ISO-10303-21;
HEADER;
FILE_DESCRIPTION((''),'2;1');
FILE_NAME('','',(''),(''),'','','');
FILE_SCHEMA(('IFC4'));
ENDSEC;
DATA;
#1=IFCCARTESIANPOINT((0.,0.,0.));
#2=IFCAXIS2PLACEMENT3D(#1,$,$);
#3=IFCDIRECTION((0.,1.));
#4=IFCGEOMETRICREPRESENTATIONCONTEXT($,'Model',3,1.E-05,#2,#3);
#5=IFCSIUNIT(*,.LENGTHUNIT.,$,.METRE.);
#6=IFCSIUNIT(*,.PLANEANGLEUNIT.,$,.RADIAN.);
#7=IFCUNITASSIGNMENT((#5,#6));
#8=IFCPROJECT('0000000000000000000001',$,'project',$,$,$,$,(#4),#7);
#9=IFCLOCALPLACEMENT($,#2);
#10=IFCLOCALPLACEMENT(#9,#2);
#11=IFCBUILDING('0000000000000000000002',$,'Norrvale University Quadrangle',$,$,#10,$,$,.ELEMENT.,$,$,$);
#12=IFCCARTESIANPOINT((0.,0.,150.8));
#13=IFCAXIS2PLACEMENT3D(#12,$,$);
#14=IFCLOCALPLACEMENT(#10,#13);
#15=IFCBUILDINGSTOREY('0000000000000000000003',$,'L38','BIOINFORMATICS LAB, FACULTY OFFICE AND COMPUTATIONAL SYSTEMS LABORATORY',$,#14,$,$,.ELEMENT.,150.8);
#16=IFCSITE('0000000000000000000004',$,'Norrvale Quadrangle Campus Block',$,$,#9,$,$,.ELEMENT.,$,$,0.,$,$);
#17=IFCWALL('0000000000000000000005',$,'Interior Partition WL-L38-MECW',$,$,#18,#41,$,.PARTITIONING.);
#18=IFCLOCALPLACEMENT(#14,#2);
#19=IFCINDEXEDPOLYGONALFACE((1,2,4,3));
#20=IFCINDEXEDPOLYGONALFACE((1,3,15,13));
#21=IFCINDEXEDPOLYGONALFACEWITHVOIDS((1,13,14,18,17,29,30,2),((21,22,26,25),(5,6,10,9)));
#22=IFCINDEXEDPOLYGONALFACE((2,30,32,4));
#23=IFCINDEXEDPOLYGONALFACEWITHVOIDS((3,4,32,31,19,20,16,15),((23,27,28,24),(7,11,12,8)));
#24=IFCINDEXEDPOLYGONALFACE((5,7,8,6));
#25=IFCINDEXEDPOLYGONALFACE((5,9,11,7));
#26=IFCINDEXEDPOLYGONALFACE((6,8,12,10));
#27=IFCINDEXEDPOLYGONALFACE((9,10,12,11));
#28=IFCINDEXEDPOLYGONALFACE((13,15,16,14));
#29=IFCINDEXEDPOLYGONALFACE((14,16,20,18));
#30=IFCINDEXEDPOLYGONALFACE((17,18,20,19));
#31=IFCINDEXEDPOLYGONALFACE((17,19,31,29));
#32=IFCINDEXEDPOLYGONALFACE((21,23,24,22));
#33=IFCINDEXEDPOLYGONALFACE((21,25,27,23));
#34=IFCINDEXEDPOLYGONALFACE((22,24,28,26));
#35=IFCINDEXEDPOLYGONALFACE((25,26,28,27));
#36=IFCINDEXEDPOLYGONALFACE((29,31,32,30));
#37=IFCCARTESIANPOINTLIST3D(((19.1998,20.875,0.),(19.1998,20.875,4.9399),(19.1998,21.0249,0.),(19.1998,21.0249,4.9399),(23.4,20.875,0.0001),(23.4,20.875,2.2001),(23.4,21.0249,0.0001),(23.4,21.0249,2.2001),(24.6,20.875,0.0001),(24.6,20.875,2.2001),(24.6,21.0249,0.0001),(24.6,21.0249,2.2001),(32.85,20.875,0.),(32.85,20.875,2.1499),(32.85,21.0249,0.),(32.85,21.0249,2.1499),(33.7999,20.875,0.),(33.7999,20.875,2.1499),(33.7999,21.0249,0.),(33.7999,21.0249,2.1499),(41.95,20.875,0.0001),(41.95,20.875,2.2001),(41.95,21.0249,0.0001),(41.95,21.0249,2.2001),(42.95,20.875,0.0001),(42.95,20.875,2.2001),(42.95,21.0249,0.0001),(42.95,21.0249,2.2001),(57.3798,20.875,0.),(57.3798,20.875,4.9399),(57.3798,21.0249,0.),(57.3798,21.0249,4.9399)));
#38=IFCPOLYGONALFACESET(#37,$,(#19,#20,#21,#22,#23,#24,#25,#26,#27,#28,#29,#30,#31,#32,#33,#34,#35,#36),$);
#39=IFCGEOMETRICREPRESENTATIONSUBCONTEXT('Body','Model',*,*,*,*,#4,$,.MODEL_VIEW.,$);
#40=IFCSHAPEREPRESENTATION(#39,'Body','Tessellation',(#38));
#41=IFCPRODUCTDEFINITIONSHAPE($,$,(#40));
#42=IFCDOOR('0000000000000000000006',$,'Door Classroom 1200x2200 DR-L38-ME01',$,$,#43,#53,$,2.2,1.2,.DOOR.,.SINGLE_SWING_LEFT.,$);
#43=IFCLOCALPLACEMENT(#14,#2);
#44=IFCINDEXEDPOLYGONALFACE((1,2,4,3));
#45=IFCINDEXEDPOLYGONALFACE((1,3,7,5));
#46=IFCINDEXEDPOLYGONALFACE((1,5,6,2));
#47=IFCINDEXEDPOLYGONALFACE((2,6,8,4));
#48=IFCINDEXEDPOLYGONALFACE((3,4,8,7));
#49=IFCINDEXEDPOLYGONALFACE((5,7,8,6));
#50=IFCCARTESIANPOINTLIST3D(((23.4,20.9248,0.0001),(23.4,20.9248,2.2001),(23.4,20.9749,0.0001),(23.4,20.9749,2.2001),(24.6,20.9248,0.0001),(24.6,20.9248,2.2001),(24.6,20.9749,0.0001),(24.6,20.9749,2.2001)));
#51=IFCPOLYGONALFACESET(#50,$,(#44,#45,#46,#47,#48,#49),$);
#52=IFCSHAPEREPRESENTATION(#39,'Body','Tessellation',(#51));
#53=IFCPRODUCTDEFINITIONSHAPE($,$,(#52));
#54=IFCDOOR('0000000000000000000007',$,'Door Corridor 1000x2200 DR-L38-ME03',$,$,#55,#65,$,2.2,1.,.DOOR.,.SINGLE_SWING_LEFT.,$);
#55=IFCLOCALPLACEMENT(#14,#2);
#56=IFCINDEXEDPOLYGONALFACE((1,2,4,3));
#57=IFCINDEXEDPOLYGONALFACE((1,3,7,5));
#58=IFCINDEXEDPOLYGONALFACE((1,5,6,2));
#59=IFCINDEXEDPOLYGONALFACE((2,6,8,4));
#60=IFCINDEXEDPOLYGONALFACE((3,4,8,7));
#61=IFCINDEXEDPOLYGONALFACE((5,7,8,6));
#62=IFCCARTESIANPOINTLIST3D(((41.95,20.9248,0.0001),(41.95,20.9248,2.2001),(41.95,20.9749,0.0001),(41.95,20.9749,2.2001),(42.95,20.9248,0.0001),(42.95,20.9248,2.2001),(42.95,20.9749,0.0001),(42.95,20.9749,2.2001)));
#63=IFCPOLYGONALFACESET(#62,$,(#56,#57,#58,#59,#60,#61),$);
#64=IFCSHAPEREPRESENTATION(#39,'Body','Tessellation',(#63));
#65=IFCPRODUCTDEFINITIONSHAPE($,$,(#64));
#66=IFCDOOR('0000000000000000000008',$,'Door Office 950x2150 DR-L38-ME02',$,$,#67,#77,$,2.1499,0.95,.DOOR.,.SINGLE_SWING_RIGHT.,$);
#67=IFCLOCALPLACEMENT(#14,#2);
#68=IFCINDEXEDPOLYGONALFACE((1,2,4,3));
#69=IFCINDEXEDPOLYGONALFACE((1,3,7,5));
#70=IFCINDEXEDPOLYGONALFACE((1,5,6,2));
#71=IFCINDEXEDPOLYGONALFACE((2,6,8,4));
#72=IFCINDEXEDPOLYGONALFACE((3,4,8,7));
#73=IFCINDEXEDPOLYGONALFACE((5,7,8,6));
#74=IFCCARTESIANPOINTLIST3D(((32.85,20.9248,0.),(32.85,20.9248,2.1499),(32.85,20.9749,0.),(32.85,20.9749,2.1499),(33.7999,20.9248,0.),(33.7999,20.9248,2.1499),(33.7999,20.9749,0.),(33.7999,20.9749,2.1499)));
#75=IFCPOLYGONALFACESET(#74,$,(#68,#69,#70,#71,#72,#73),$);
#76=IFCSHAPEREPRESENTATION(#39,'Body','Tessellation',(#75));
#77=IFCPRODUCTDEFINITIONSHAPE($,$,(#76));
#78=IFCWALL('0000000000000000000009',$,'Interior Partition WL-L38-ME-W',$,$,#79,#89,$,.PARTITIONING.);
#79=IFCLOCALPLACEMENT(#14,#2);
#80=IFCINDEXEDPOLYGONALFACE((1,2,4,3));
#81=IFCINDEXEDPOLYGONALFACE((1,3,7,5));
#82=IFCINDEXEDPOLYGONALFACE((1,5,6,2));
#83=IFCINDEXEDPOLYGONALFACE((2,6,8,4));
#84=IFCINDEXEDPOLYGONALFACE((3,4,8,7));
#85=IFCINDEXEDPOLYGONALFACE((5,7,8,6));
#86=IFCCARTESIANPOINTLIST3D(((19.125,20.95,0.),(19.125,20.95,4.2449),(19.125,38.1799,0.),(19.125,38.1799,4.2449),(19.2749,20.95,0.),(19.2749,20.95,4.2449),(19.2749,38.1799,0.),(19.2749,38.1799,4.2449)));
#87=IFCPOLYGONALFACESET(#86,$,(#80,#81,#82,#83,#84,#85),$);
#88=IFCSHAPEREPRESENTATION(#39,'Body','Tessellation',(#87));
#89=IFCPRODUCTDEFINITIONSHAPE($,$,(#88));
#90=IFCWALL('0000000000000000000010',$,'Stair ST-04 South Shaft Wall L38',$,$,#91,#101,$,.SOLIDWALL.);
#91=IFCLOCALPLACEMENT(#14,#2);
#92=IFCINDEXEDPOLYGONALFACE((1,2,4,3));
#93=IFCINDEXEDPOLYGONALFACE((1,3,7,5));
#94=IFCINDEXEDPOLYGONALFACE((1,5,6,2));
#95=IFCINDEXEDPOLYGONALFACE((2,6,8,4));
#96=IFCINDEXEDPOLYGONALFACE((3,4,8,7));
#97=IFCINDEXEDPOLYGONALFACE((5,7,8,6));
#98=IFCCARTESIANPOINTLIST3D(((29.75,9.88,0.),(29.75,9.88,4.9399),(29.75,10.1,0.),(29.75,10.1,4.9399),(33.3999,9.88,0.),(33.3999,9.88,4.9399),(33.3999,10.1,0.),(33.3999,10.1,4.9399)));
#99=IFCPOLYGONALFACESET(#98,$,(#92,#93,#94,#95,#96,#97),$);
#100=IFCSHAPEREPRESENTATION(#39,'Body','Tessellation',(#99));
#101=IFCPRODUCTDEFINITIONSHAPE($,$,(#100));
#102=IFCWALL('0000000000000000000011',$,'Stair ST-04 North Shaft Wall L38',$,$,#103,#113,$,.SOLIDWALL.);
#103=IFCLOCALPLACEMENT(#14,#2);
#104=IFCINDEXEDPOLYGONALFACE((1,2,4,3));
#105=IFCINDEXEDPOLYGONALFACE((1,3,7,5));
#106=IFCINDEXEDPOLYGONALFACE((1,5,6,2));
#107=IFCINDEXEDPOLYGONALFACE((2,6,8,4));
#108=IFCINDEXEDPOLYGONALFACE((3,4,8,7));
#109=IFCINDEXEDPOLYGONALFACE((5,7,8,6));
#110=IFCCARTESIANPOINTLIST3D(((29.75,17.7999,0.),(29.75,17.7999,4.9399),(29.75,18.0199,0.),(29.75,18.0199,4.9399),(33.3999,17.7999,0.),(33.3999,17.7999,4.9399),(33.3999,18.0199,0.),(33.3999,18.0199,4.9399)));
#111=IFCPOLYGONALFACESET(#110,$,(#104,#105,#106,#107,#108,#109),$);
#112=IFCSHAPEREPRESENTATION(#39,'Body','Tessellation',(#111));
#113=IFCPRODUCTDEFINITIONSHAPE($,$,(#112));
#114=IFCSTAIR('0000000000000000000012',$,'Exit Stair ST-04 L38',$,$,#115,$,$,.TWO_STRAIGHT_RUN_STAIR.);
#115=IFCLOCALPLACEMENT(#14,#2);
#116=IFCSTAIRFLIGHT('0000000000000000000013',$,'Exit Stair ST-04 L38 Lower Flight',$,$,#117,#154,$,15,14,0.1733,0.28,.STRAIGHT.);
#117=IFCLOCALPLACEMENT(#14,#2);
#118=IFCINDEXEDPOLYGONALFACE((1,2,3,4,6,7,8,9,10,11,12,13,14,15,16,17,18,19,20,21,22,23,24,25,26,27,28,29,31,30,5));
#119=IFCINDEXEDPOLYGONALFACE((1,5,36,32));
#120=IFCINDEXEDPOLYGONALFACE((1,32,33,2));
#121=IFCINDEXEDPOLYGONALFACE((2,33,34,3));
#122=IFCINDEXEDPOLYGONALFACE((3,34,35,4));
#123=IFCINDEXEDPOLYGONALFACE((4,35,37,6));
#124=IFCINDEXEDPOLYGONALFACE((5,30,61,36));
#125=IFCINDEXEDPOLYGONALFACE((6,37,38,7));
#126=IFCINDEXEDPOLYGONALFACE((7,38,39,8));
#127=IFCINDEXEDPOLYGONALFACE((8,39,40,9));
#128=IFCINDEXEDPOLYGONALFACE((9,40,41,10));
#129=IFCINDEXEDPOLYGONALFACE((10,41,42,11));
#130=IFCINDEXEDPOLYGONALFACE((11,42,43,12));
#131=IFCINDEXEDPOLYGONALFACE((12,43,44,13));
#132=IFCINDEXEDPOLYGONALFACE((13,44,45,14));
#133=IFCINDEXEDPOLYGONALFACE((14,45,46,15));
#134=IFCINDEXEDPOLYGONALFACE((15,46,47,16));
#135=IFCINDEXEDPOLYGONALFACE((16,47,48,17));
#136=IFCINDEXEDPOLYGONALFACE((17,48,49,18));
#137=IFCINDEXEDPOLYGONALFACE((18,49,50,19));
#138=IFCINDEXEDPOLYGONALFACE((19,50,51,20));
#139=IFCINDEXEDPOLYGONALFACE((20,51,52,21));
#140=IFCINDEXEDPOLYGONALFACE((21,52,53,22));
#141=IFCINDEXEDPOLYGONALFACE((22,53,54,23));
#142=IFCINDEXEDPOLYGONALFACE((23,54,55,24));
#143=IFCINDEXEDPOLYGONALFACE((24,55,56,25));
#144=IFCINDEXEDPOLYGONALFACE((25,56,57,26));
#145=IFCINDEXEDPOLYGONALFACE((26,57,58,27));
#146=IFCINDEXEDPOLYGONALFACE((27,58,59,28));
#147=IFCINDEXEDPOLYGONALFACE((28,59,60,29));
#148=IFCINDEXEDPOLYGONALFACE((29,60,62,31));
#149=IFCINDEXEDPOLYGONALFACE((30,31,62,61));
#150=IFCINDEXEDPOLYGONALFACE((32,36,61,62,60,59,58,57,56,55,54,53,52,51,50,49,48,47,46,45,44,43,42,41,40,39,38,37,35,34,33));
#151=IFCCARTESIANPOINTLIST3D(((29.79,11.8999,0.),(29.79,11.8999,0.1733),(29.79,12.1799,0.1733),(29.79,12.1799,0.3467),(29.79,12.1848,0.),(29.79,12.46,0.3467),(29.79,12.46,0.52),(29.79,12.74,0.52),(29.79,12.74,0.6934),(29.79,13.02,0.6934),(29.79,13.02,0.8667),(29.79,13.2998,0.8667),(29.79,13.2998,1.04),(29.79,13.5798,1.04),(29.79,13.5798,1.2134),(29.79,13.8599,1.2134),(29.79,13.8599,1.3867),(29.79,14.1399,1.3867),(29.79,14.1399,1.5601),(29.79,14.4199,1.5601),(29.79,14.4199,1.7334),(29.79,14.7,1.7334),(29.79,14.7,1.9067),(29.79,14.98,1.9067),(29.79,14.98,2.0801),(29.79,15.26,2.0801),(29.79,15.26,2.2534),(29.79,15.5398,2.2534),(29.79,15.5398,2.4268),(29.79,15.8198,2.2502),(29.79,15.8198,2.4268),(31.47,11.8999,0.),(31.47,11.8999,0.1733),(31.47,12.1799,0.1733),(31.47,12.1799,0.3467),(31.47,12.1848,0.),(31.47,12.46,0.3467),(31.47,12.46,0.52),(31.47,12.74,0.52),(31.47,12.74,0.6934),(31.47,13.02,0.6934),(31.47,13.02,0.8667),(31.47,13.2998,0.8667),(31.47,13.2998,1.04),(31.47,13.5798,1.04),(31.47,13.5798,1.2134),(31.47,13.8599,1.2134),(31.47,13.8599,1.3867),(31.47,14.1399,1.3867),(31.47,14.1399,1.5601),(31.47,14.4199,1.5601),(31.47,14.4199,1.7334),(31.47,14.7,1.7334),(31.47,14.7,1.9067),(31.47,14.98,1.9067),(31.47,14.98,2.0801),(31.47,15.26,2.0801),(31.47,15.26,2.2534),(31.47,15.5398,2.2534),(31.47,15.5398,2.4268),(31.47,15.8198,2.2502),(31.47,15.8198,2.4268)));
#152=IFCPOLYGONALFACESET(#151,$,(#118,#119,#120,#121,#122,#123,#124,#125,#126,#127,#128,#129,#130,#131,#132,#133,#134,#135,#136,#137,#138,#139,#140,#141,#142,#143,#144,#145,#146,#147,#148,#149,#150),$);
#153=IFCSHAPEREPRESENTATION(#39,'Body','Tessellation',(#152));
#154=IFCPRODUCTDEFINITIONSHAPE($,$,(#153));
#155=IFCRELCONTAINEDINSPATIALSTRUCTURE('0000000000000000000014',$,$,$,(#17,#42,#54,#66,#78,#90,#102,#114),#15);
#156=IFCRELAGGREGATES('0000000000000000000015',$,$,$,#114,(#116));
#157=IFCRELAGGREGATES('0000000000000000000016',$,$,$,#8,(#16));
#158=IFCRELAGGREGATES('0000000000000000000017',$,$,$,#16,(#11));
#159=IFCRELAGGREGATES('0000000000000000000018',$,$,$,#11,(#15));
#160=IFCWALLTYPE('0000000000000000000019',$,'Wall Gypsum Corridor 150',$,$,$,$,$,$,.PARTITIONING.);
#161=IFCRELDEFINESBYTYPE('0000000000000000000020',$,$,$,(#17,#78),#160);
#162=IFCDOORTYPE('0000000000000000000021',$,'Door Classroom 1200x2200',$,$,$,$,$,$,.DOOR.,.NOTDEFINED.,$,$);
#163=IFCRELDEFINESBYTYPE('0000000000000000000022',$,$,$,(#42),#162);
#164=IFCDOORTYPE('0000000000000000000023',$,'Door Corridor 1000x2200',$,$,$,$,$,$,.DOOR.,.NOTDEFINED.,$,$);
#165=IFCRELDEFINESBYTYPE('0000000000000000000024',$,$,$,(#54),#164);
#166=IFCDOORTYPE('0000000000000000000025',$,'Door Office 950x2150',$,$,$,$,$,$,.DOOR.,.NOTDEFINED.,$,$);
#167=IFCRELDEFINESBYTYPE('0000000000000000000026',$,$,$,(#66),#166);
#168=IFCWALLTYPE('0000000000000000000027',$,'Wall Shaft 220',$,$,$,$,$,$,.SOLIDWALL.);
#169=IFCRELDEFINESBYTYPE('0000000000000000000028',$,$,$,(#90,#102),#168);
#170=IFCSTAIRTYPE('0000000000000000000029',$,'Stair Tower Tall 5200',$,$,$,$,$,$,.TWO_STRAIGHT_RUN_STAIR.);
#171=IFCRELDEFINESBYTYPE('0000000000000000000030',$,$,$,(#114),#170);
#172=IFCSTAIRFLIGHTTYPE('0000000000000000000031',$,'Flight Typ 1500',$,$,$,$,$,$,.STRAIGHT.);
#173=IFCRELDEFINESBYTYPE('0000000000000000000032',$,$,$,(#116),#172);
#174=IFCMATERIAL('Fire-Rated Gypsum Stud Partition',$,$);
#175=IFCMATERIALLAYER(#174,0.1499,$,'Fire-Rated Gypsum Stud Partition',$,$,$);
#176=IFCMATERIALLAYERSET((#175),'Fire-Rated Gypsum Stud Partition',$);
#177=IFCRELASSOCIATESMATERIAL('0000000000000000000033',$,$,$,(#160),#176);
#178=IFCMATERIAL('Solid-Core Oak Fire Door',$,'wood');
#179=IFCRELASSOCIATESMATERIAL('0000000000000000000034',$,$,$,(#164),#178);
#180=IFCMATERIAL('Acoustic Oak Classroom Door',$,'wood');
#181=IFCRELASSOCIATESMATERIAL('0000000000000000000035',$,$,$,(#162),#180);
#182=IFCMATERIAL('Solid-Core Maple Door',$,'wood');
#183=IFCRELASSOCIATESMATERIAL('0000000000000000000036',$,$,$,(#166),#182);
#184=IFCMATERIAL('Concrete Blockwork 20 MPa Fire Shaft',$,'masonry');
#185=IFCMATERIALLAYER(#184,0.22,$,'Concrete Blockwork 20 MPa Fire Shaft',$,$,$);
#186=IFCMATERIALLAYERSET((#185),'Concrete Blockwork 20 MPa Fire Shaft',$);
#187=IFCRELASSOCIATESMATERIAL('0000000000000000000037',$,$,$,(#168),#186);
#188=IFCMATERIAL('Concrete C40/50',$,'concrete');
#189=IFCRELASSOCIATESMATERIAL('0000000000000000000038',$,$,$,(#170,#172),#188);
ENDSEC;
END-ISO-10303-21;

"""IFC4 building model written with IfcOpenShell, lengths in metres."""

from ifc_helpers import new_model, si_unit, direction, frame, frame_2d, origin, place, context, subcontext, project, spatial, polyline, rectangle, outline, extrude, material, layer, layer_set, type_object, element, fill, aggregate, save


model = new_model("IFC4")

# Units and contexts
model_context = context("Model", 3, precision=1e-05, world=origin(), true_north=direction((0.0, 1.0)))
body_context = subcontext(model_context, "Body", "Model", "MODEL_VIEW")
ifc_project = project(units=[si_unit("LENGTHUNIT", "METRE"), si_unit("PLANEANGLEUNIT", "RADIAN")], contexts=[model_context])

# Site, building, storey
site_placement = place(None, origin())
site = spatial("IfcSite", under=ifc_project, at=site_placement, Name="Norrvale Quadrangle Campus Block", CompositionType="ELEMENT", RefElevation=0.0)
building_placement = place(site_placement, origin())
building = spatial("IfcBuilding", under=site, at=building_placement, Name="Norrvale University Quadrangle", CompositionType="ELEMENT")
storey_placement = place(building_placement, frame((0.0, 0.0, 150.8)))
storey = spatial("IfcBuildingStorey", under=building, at=storey_placement, Name="L38", Description="BIOINFORMATICS LAB, FACULTY OFFICE AND COMPUTATIONAL SYSTEMS LABORATORY", CompositionType="ELEMENT", Elevation=150.8)

# Shared definitions
ifc_material_1 = material(Name="Fire-Rated Gypsum Stud Partition")
ifc_layer_1 = layer(ifc_material_1, 0.1499, Name="Fire-Rated Gypsum Stud Partition")
ifc_layer_set_1 = layer_set([ifc_layer_1], Name="Fire-Rated Gypsum Stud Partition")
wall_type_1 = type_object("IfcWallType", Name="Wall Gypsum Corridor 150", PredefinedType="PARTITIONING", material=ifc_layer_set_1)
ifc_material_2 = material(Name="Solid-Core Oak Fire Door", Category="wood")
door_type_1 = type_object("IfcDoorType", Name="Door Corridor 1000x2200", OperationType="NOTDEFINED", PredefinedType="DOOR", material=ifc_material_2)

# Wall, openings, doors
wall_1_placement = place(storey_placement, frame((19.2, 20.95, 0.0), z_axis=(0.0, 0.0, 1.0), x_axis=(1.0, 0.0, 0.0)))
wall_1 = element("IfcWall", 1, at=wall_1_placement, inside=storey, type_object=wall_type_1, Name="Interior Partition WL-L38-MECW", PredefinedType="PARTITIONING", context=body_context, shape_type="SweptSolid", body=[
    extrude(rectangle(XDim=38.1799, YDim=0.1499, at=frame_2d((19.0898, 0.0))), origin(), (0.0, 0.0, 1.0), 4.9399),
])
opening_1_placement = place(wall_1_placement, frame((4.2, 0.0, 0.0)))
opening_1 = element("IfcOpeningElement", 2, at=opening_1_placement, cuts=wall_1, PredefinedType="OPENING", context=body_context, shape_type="SweptSolid", body=[
    extrude(rectangle(XDim=1.2, YDim=2.2, at=frame_2d((0.6001, 1.1001))), frame((0.0, 0.0869, 0.0), z_axis=(0.0, -1.0, 0.0), x_axis=(1.0, 0.0, 0.0)), (0.0, 0.0, 1.0), 0.1738),
])
opening_2_placement = place(wall_1_placement, frame((13.6499, 0.0, 0.0)))
opening_2 = element("IfcOpeningElement", 3, at=opening_2_placement, cuts=wall_1, PredefinedType="OPENING", context=body_context, shape_type="SweptSolid", body=[
    extrude(rectangle(XDim=0.95, YDim=2.1499, at=frame_2d((0.4751, 1.075))), frame((0.0, 0.0869, 0.0), z_axis=(0.0, -1.0, 0.0), x_axis=(1.0, 0.0, 0.0)), (0.0, 0.0, 1.0), 0.1738),
])
opening_3_placement = place(wall_1_placement, frame((22.75, 0.0, 0.0)))
opening_3 = element("IfcOpeningElement", 4, at=opening_3_placement, cuts=wall_1, PredefinedType="OPENING", context=body_context, shape_type="SweptSolid", body=[
    extrude(rectangle(XDim=1.0, YDim=2.2, at=frame_2d((0.5, 1.1001))), frame((0.0, 0.0869, 0.0), z_axis=(0.0, -1.0, 0.0), x_axis=(1.0, 0.0, 0.0)), (0.0, 0.0, 1.0), 0.1738),
])
ifc_material_3 = material(Name="Acoustic Oak Classroom Door", Category="wood")
door_type_2 = type_object("IfcDoorType", Name="Door Classroom 1200x2200", OperationType="NOTDEFINED", PredefinedType="DOOR", material=ifc_material_3)
door_1_placement = place(opening_1_placement, origin())
door_1 = element("IfcDoor", 5, at=door_1_placement, inside=storey, type_object=door_type_2, Name="Door Classroom 1200x2200 DR-L38-ME01", OperationType="SINGLE_SWING_LEFT", OverallHeight=2.2, OverallWidth=1.2, PredefinedType="DOOR", context=body_context, shape_type="SweptSolid", body=[
    extrude(rectangle(XDim=1.2, YDim=2.2, at=frame_2d((0.6001, 1.1001))), frame((0.0, 0.0249, 0.0), z_axis=(0.0, -1.0, 0.0), x_axis=(1.0, 0.0, 0.0)), (0.0, 0.0, 1.0), 0.05),
])
fill(opening_1, door_1)
door_2_placement = place(opening_3_placement, origin())
door_2 = element("IfcDoor", 6, at=door_2_placement, inside=storey, type_object=door_type_1, Name="Door Corridor 1000x2200 DR-L38-ME03", OperationType="SINGLE_SWING_LEFT", OverallHeight=2.2, OverallWidth=1.0, PredefinedType="DOOR", context=body_context, shape_type="SweptSolid", body=[
    extrude(rectangle(XDim=1.0, YDim=2.2, at=frame_2d((0.5, 1.1001))), frame((0.0, 0.0249, 0.0), z_axis=(0.0, -1.0, 0.0), x_axis=(1.0, 0.0, 0.0)), (0.0, 0.0, 1.0), 0.05),
])
fill(opening_3, door_2)
ifc_material_4 = material(Name="Solid-Core Maple Door", Category="wood")
door_type_3 = type_object("IfcDoorType", Name="Door Office 950x2150", OperationType="NOTDEFINED", PredefinedType="DOOR", material=ifc_material_4)
door_3_placement = place(opening_2_placement, origin())
door_3 = element("IfcDoor", 7, at=door_3_placement, inside=storey, type_object=door_type_3, Name="Door Office 950x2150 DR-L38-ME02", OperationType="SINGLE_SWING_RIGHT", OverallHeight=2.1499, OverallWidth=0.95, PredefinedType="DOOR", context=body_context, shape_type="SweptSolid", body=[
    extrude(rectangle(XDim=0.95, YDim=2.1499, at=frame_2d((0.4751, 1.075))), frame((0.0, 0.0249, 0.0), z_axis=(0.0, -1.0, 0.0), x_axis=(1.0, 0.0, 0.0)), (0.0, 0.0, 1.0), 0.05),
])
fill(opening_2, door_3)

# Walls
wall_2_placement = place(storey_placement, frame((19.2, 20.95, 0.0), z_axis=(0.0, 0.0, 1.0), x_axis=(0.0, 1.0, 0.0)))
element("IfcWall", 8, at=wall_2_placement, inside=storey, type_object=wall_type_1, Name="Interior Partition WL-L38-ME-W", PredefinedType="PARTITIONING", context=body_context, shape_type="SweptSolid", body=[
    extrude(rectangle(XDim=17.23, YDim=0.1499, at=frame_2d((8.615, 0.0))), origin(), (0.0, 0.0, 1.0), 4.2449),
])
ifc_material_5 = material(Name="Concrete Blockwork 20 MPa Fire Shaft", Category="masonry")
ifc_layer_2 = layer(ifc_material_5, 0.22, Name="Concrete Blockwork 20 MPa Fire Shaft")
ifc_layer_set_2 = layer_set([ifc_layer_2], Name="Concrete Blockwork 20 MPa Fire Shaft")
wall_type_2 = type_object("IfcWallType", Name="Wall Shaft 220", PredefinedType="SOLIDWALL", material=ifc_layer_set_2)
for number, where, z_axis, x_axis, name in (
    (9, (29.75, 9.99, 0.0), (0.0, 0.0, 1.0), (1.0, 0.0, 0.0), "Stair ST-04 South Shaft Wall L38"),
    (10, (29.75, 17.9099, 0.0), (0.0, 0.0, 1.0), (1.0, 0.0, 0.0), "Stair ST-04 North Shaft Wall L38"),
):
    element("IfcWall", number, at=place(storey_placement, frame(where, z_axis=z_axis, x_axis=x_axis)), inside=storey, type_object=wall_type_2, Name=name, PredefinedType="SOLIDWALL", context=body_context, shape_type="SweptSolid", body=[
        extrude(rectangle(XDim=3.6499, YDim=0.22, at=frame_2d((1.825, 0.0))), origin(), (0.0, 0.0, 1.0), 4.9399),
    ])

# Stair, stair flight
ifc_material_6 = material(Name="Concrete C40/50", Category="concrete")
stair_type = type_object("IfcStairType", Name="Stair Tower Tall 5200", PredefinedType="TWO_STRAIGHT_RUN_STAIR", material=ifc_material_6)
stair_placement = place(storey_placement, origin())
stair = element("IfcStair", 11, at=stair_placement, inside=storey, type_object=stair_type, Name="Exit Stair ST-04 L38", PredefinedType="TWO_STRAIGHT_RUN_STAIR")
stair_flight_type = type_object("IfcStairFlightType", Name="Flight Typ 1500", PredefinedType="STRAIGHT", material=ifc_material_6)
stair_flight_placement = place(storey_placement, frame((30.6299, 11.8999, 0.0), z_axis=(0.0, 0.0, 1.0), x_axis=(0.0, 1.0, 0.0)))
stair_flight = element("IfcStairFlight", 12, at=stair_flight_placement, type_object=stair_flight_type, Name="Exit Stair ST-04 L38 Lower Flight", NumberOfRisers=15, NumberOfTreads=14, PredefinedType="STRAIGHT", RiserHeight=0.1733, TreadLength=0.28, context=body_context, shape_type="SweptSolid", body=[
    extrude(outline(polyline([(0.0, 0.0), (0.0, 0.1733), (0.28, 0.1733), (0.28, 0.3467), (0.5601, 0.3467), (0.5601, 0.52), (0.8401, 0.52), (0.8401, 0.6934), (1.1201, 0.6934), (1.1201, 0.8667), (1.3999, 0.8667), (1.3999, 1.04), (1.6799, 1.04), (1.6799, 1.2134), (1.96, 1.2134), (1.96, 1.3867), (2.24, 1.3867), (2.24, 1.5601), (2.52, 1.5601), (2.52, 1.7334), (2.8, 1.7334), (2.8, 1.9067), (3.0801, 1.9067), (3.0801, 2.0801), (3.3601, 2.0801), (3.3601, 2.2534), (3.6399, 2.2534), (3.6399, 2.4268), (3.9199, 2.4268), (3.9199, 2.6001), (3.9199, 2.2502), (0.2849, 0.0), (0.0, 0.0)])), frame((0.0, 0.8398, 0.0), z_axis=(0.0, -1.0, 0.0), x_axis=(1.0, 0.0, 0.0)), (0.0, 0.0, 1.0), 1.6799),
])
aggregate(stair, [stair_flight])

save(model, "model.ifc")
